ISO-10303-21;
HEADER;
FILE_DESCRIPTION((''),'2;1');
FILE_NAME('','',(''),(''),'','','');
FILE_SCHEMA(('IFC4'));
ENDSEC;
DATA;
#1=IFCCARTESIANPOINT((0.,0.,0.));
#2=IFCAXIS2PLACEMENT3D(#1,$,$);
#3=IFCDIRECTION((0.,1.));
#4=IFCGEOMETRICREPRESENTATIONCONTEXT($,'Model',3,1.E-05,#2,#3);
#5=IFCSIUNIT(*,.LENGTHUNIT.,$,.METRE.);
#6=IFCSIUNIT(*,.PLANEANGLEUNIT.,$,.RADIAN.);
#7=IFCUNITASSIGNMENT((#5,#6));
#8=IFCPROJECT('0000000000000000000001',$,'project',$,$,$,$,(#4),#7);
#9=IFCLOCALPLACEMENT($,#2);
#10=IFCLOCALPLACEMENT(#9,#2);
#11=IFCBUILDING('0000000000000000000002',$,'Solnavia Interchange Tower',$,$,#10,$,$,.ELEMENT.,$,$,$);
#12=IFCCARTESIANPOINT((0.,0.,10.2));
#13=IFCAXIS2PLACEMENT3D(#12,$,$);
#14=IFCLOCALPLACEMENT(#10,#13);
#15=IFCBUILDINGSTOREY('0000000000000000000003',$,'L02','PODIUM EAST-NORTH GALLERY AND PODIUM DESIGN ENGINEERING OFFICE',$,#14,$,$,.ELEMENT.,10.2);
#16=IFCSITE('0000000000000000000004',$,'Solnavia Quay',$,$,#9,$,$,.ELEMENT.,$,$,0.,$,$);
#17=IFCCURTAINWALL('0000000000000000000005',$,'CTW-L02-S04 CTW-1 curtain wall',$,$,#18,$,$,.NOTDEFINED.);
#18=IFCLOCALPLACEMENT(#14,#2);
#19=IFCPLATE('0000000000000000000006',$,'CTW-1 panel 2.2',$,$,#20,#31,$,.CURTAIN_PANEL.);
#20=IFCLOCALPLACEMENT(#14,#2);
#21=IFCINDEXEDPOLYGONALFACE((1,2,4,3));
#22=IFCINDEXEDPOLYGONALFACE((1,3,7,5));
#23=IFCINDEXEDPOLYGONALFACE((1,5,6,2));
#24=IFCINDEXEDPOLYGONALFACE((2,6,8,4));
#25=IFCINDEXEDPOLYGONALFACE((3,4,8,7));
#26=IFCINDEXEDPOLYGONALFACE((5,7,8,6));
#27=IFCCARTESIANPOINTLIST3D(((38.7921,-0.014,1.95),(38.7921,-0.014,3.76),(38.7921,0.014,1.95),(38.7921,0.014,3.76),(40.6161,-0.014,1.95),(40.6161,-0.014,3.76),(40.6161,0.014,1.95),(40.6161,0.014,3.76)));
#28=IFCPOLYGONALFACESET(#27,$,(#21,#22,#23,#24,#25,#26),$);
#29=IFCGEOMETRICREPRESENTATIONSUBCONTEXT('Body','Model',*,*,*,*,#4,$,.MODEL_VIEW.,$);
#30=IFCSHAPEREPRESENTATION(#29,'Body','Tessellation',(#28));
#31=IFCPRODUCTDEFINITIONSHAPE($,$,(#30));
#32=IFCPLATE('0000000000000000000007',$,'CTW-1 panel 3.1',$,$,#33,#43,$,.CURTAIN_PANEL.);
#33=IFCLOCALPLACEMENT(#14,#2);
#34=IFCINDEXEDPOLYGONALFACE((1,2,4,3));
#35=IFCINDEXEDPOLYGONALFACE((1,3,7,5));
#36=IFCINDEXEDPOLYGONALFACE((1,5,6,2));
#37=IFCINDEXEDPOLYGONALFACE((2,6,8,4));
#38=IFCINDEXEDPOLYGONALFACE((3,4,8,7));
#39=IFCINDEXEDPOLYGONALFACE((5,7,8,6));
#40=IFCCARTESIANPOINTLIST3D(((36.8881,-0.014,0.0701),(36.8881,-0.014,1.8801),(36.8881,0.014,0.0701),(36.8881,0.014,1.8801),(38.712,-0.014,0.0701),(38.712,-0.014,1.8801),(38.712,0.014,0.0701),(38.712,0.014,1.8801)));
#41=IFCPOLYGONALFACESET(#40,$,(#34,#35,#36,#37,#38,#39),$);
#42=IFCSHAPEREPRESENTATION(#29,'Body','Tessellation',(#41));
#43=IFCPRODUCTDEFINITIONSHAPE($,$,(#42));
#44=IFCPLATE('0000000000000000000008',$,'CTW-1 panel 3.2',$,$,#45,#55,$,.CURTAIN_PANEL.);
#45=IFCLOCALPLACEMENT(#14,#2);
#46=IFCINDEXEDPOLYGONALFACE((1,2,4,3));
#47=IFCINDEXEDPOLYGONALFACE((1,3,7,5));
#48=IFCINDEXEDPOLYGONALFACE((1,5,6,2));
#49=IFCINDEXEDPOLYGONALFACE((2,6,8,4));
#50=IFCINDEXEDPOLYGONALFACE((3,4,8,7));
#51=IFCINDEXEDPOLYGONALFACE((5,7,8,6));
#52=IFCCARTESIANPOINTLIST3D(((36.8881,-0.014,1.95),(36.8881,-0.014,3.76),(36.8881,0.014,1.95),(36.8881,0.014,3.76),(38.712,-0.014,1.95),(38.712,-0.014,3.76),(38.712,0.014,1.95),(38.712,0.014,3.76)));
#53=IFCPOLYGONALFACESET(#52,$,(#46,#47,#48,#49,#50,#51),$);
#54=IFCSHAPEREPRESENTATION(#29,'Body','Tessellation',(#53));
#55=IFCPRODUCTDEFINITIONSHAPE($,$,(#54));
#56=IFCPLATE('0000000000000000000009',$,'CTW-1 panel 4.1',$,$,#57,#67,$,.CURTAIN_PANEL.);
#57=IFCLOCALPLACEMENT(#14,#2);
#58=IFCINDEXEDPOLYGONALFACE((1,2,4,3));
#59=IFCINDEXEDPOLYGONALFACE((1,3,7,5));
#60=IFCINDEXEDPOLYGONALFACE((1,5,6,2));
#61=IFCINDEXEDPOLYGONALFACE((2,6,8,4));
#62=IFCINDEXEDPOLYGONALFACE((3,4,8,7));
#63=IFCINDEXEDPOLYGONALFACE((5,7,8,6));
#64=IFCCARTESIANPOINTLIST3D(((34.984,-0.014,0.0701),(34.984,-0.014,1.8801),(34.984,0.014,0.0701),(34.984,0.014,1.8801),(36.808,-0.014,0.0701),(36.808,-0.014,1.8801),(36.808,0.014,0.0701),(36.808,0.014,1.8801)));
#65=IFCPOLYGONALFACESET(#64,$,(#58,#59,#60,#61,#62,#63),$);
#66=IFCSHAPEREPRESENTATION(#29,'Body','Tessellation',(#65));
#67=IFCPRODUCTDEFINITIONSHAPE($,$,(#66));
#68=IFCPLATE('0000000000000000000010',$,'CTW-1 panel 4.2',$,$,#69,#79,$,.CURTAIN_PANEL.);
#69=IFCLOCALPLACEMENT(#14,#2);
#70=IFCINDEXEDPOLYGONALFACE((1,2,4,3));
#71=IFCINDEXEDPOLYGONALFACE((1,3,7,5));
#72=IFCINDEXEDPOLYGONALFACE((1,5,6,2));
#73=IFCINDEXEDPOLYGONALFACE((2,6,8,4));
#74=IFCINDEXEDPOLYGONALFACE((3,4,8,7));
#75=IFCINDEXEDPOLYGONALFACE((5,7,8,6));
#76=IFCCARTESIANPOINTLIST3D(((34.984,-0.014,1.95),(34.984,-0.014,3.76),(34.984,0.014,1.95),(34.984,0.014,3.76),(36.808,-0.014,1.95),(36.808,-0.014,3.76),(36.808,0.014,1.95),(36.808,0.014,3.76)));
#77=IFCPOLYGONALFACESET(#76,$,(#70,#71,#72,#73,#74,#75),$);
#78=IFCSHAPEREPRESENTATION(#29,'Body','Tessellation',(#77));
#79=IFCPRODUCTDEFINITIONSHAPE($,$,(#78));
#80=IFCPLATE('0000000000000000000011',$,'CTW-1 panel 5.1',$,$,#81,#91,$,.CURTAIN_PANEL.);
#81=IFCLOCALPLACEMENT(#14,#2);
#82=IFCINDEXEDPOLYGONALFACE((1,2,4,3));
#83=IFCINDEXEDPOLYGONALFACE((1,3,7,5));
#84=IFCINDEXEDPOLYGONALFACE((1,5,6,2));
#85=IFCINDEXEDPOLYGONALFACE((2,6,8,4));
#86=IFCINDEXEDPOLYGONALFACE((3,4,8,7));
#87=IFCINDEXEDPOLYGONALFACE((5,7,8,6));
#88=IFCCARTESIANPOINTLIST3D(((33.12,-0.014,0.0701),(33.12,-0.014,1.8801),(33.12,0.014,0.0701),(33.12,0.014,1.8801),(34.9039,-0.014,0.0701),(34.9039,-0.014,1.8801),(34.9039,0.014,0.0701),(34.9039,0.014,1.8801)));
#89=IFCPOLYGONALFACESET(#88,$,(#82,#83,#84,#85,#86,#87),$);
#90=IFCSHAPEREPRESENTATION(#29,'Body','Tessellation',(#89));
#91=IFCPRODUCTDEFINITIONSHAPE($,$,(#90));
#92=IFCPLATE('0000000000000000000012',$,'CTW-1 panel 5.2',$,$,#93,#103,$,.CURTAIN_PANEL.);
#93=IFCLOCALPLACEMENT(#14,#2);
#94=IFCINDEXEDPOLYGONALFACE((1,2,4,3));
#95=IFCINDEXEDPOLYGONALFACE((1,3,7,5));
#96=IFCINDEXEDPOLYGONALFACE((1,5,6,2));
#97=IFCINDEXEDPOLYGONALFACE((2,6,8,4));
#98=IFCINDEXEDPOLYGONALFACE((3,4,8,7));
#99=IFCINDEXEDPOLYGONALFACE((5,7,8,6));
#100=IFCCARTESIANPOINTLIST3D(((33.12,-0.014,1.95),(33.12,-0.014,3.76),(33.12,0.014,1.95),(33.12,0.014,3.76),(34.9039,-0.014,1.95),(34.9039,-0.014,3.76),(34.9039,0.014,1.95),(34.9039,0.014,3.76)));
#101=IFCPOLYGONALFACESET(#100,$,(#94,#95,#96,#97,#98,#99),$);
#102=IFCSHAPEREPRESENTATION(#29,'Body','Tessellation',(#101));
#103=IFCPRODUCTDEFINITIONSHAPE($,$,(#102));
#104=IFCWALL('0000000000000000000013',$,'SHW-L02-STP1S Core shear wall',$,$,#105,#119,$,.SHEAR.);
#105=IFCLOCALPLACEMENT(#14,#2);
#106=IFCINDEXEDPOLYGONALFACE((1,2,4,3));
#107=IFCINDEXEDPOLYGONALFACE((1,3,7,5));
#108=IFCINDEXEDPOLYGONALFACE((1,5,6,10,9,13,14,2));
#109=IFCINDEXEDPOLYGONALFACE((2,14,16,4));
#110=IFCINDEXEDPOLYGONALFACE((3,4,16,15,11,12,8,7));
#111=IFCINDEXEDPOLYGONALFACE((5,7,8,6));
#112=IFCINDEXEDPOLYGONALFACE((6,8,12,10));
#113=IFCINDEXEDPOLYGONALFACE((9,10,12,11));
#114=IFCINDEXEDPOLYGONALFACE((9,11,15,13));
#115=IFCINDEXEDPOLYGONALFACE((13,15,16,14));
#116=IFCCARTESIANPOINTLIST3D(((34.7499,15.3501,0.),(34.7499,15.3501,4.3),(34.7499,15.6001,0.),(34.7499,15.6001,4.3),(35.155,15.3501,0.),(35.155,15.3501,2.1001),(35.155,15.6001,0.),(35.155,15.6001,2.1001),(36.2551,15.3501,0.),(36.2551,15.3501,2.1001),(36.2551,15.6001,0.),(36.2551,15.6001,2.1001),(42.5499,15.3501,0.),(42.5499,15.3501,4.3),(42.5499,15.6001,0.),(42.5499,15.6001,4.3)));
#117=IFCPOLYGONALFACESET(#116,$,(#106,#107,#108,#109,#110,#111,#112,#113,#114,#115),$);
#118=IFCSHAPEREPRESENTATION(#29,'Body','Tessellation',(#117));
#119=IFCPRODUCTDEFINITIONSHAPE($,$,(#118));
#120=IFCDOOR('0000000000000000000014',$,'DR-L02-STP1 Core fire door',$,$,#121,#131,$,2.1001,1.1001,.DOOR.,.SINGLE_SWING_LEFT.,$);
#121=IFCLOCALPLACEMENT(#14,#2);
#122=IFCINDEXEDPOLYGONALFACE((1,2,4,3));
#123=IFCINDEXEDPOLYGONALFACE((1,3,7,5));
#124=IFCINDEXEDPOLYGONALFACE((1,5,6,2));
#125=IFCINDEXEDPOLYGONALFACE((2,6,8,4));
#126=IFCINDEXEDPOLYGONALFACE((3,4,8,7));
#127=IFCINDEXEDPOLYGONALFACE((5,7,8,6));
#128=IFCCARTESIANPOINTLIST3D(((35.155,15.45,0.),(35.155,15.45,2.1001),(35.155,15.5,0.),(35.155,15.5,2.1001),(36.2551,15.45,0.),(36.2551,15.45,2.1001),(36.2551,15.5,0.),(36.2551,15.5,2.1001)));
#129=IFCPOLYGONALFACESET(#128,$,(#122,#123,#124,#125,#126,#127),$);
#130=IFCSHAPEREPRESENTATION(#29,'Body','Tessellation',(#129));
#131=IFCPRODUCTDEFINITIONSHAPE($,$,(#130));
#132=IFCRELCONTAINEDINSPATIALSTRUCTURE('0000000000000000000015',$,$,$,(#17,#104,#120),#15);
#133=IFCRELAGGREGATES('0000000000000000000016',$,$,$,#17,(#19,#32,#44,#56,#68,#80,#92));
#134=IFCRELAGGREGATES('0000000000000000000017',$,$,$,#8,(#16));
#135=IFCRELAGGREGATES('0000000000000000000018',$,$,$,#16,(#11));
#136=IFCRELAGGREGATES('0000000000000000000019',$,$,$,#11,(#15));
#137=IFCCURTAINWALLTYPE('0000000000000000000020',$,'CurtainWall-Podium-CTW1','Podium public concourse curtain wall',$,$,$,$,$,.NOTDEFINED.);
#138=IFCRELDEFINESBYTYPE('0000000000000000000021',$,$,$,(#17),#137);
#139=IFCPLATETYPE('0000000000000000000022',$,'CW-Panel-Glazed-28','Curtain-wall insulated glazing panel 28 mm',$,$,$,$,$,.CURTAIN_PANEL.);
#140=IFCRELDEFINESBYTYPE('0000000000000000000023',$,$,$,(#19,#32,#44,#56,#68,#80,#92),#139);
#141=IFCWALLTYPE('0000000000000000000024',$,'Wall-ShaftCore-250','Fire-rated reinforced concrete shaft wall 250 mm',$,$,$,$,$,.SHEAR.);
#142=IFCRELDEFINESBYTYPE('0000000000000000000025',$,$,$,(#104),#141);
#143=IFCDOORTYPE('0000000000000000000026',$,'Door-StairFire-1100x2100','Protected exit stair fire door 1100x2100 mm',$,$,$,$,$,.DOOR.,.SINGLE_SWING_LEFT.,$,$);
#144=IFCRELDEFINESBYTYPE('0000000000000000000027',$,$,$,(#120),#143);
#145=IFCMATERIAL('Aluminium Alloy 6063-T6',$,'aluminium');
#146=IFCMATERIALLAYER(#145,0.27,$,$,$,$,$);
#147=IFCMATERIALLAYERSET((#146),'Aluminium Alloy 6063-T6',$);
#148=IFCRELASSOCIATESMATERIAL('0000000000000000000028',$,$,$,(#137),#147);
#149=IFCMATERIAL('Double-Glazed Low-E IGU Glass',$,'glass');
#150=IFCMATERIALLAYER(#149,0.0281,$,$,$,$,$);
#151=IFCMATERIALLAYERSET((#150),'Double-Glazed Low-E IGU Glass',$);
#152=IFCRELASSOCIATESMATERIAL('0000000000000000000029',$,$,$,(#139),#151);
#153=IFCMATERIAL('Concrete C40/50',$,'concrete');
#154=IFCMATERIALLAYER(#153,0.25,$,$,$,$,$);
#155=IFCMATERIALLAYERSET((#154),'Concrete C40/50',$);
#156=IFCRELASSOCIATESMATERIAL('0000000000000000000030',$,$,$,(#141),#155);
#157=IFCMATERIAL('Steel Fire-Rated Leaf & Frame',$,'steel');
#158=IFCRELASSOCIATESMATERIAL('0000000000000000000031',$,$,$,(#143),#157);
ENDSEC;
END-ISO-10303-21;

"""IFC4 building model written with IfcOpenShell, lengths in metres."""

from ifc_helpers import new_model, si_unit, direction, frame, frame_2d, origin, origin_2d, place, context, subcontext, project, spatial, rectangle, extrude, material, layer, layer_set, type_object, element, fill, aggregate, save


model = new_model("IFC4")

# Units and contexts
model_context = context("Model", 3, precision=1e-05, world=origin(), true_north=direction((0.0, 1.0)))
body_context = subcontext(model_context, "Body", "Model", "MODEL_VIEW")
ifc_project = project(units=[si_unit("LENGTHUNIT", "METRE"), si_unit("PLANEANGLEUNIT", "RADIAN")], contexts=[model_context])

# Site, building, storey
site_placement = place(None, origin())
site = spatial("IfcSite", under=ifc_project, at=site_placement, Name="Solnavia Quay", CompositionType="ELEMENT", RefElevation=0.0)
building_placement = place(site_placement, origin())
building = spatial("IfcBuilding", under=site, at=building_placement, Name="Solnavia Interchange Tower", CompositionType="ELEMENT")
storey_placement = place(building_placement, frame((0.0, 0.0, 10.2)))
storey = spatial("IfcBuildingStorey", under=building, at=storey_placement, Name="L02", Description="PODIUM EAST-NORTH GALLERY AND PODIUM DESIGN ENGINEERING OFFICE", CompositionType="ELEMENT", Elevation=10.2)

# Curtain wall, plates
ifc_material_1 = material(Name="Aluminium Alloy 6063-T6", Category="aluminium")
ifc_layer_1 = layer(ifc_material_1, 0.27)
ifc_layer_set_1 = layer_set([ifc_layer_1], Name="Aluminium Alloy 6063-T6")
curtain_wall_type = type_object("IfcCurtainWallType", Name="CurtainWall-Podium-CTW1", Description="Podium public concourse curtain wall", PredefinedType="NOTDEFINED", material=ifc_layer_set_1)
curtain_wall_placement = place(storey_placement, origin())
curtain_wall = element("IfcCurtainWall", 1, at=curtain_wall_placement, inside=storey, type_object=curtain_wall_type, Name="CTW-L02-S04 CTW-1 curtain wall", PredefinedType="NOTDEFINED")
ifc_material_2 = material(Name="Double-Glazed Low-E IGU Glass", Category="glass")
ifc_layer_2 = layer(ifc_material_2, 0.0281)
ifc_layer_set_2 = layer_set([ifc_layer_2], Name="Double-Glazed Low-E IGU Glass")
plate_type = type_object("IfcPlateType", Name="CW-Panel-Glazed-28", Description="Curtain-wall insulated glazing panel 28 mm", PredefinedType="CURTAIN_PANEL", material=ifc_layer_set_2)
plate_1_placement = place(storey_placement, frame((39.7041, 0.0, 1.95), z_axis=(0.0, 0.0, 1.0), x_axis=(-1.0, 0.0, 0.0)))
plate_1 = element("IfcPlate", 2, at=plate_1_placement, type_object=plate_type, Name="CTW-1 panel 2.2", PredefinedType="CURTAIN_PANEL", context=body_context, shape_type="SweptSolid", body=[
    extrude(rectangle(XDim=1.824, YDim=0.0281, at=origin_2d()), origin(), (0.0, 0.0, 1.0), 1.8101),
])
plate_2_placement = place(storey_placement, frame((37.8, 0.0, 0.0701), z_axis=(0.0, 0.0, 1.0), x_axis=(-1.0, 0.0, 0.0)))
plate_2 = element("IfcPlate", 3, at=plate_2_placement, type_object=plate_type, Name="CTW-1 panel 3.1", PredefinedType="CURTAIN_PANEL", context=body_context, shape_type="SweptSolid", body=[
    extrude(rectangle(XDim=1.824, YDim=0.0281, at=origin_2d()), origin(), (0.0, 0.0, 1.0), 1.8101),
])
plate_3_placement = place(storey_placement, frame((37.8, 0.0, 1.95), z_axis=(0.0, 0.0, 1.0), x_axis=(-1.0, 0.0, 0.0)))
plate_3 = element("IfcPlate", 4, at=plate_3_placement, type_object=plate_type, Name="CTW-1 panel 3.2", PredefinedType="CURTAIN_PANEL", context=body_context, shape_type="SweptSolid", body=[
    extrude(rectangle(XDim=1.824, YDim=0.0281, at=origin_2d()), origin(), (0.0, 0.0, 1.0), 1.8101),
])
plate_4_placement = place(storey_placement, frame((35.896, 0.0, 0.0701), z_axis=(0.0, 0.0, 1.0), x_axis=(-1.0, 0.0, 0.0)))
plate_4 = element("IfcPlate", 5, at=plate_4_placement, type_object=plate_type, Name="CTW-1 panel 4.1", PredefinedType="CURTAIN_PANEL", context=body_context, shape_type="SweptSolid", body=[
    extrude(rectangle(XDim=1.824, YDim=0.0281, at=origin_2d()), origin(), (0.0, 0.0, 1.0), 1.8101),
])
plate_5_placement = place(storey_placement, frame((35.896, 0.0, 1.95), z_axis=(0.0, 0.0, 1.0), x_axis=(-1.0, 0.0, 0.0)))
plate_5 = element("IfcPlate", 6, at=plate_5_placement, type_object=plate_type, Name="CTW-1 panel 4.2", PredefinedType="CURTAIN_PANEL", context=body_context, shape_type="SweptSolid", body=[
    extrude(rectangle(XDim=1.824, YDim=0.0281, at=origin_2d()), origin(), (0.0, 0.0, 1.0), 1.8101),
])
plate_6_placement = place(storey_placement, frame((34.012, 0.0, 0.0701), z_axis=(0.0, 0.0, 1.0), x_axis=(-1.0, 0.0, 0.0)))
plate_6 = element("IfcPlate", 7, at=plate_6_placement, type_object=plate_type, Name="CTW-1 panel 5.1", PredefinedType="CURTAIN_PANEL", context=body_context, shape_type="SweptSolid", body=[
    extrude(rectangle(XDim=1.7839, YDim=0.0281, at=origin_2d()), origin(), (0.0, 0.0, 1.0), 1.8101),
])
plate_7_placement = place(storey_placement, frame((34.012, 0.0, 1.95), z_axis=(0.0, 0.0, 1.0), x_axis=(-1.0, 0.0, 0.0)))
plate_7 = element("IfcPlate", 8, at=plate_7_placement, type_object=plate_type, Name="CTW-1 panel 5.2", PredefinedType="CURTAIN_PANEL", context=body_context, shape_type="SweptSolid", body=[
    extrude(rectangle(XDim=1.7839, YDim=0.0281, at=origin_2d()), origin(), (0.0, 0.0, 1.0), 1.8101),
])
aggregate(curtain_wall, [plate_1, plate_2, plate_3, plate_4, plate_5, plate_6, plate_7])

# Wall, opening, door
ifc_material_3 = material(Name="Concrete C40/50", Category="concrete")
ifc_layer_3 = layer(ifc_material_3, 0.25)
ifc_layer_set_3 = layer_set([ifc_layer_3], Name="Concrete C40/50")
wall_type = type_object("IfcWallType", Name="Wall-ShaftCore-250", Description="Fire-rated reinforced concrete shaft wall 250 mm", PredefinedType="SHEAR", material=ifc_layer_set_3)
wall_placement = place(storey_placement, frame((34.75, 15.4751, 0.0), z_axis=(0.0, 0.0, 1.0), x_axis=(1.0, 0.0, 0.0)))
wall = element("IfcWall", 9, at=wall_placement, inside=storey, type_object=wall_type, Name="SHW-L02-STP1S Core shear wall", PredefinedType="SHEAR", context=body_context, shape_type="SweptSolid", body=[
    extrude(rectangle(XDim=7.8, YDim=0.25, at=frame_2d((3.8999, 0.0))), origin(), (0.0, 0.0, 1.0), 4.3),
])
opening_placement = place(wall_placement, frame((0.405, 0.0, 0.0)))
opening = element("IfcOpeningElement", 10, at=opening_placement, cuts=wall, PredefinedType="OPENING", context=body_context, shape_type="SweptSolid", body=[
    extrude(rectangle(XDim=1.1001, YDim=2.1001, at=frame_2d((0.55, 1.05))), frame((0.0, 0.135, 0.0), z_axis=(0.0, -1.0, 0.0), x_axis=(1.0, 0.0, 0.0)), (0.0, 0.0, 1.0), 0.27),
])
ifc_material_4 = material(Name="Steel Fire-Rated Leaf & Frame", Category="steel")
door_type = type_object("IfcDoorType", Name="Door-StairFire-1100x2100", Description="Protected exit stair fire door 1100x2100 mm", OperationType="SINGLE_SWING_LEFT", PredefinedType="DOOR", material=ifc_material_4)
door_placement = place(opening_placement, origin())
door = element("IfcDoor", 11, at=door_placement, inside=storey, type_object=door_type, Name="DR-L02-STP1 Core fire door", OperationType="SINGLE_SWING_LEFT", OverallHeight=2.1001, OverallWidth=1.1001, PredefinedType="DOOR", context=body_context, shape_type="SweptSolid", body=[
    extrude(rectangle(XDim=1.1001, YDim=2.1001, at=frame_2d((0.55, 1.05))), frame((0.0, 0.0249, 0.0), z_axis=(0.0, -1.0, 0.0), x_axis=(1.0, 0.0, 0.0)), (0.0, 0.0, 1.0), 0.05),
])
fill(opening, door)

save(model, "model.ifc")
